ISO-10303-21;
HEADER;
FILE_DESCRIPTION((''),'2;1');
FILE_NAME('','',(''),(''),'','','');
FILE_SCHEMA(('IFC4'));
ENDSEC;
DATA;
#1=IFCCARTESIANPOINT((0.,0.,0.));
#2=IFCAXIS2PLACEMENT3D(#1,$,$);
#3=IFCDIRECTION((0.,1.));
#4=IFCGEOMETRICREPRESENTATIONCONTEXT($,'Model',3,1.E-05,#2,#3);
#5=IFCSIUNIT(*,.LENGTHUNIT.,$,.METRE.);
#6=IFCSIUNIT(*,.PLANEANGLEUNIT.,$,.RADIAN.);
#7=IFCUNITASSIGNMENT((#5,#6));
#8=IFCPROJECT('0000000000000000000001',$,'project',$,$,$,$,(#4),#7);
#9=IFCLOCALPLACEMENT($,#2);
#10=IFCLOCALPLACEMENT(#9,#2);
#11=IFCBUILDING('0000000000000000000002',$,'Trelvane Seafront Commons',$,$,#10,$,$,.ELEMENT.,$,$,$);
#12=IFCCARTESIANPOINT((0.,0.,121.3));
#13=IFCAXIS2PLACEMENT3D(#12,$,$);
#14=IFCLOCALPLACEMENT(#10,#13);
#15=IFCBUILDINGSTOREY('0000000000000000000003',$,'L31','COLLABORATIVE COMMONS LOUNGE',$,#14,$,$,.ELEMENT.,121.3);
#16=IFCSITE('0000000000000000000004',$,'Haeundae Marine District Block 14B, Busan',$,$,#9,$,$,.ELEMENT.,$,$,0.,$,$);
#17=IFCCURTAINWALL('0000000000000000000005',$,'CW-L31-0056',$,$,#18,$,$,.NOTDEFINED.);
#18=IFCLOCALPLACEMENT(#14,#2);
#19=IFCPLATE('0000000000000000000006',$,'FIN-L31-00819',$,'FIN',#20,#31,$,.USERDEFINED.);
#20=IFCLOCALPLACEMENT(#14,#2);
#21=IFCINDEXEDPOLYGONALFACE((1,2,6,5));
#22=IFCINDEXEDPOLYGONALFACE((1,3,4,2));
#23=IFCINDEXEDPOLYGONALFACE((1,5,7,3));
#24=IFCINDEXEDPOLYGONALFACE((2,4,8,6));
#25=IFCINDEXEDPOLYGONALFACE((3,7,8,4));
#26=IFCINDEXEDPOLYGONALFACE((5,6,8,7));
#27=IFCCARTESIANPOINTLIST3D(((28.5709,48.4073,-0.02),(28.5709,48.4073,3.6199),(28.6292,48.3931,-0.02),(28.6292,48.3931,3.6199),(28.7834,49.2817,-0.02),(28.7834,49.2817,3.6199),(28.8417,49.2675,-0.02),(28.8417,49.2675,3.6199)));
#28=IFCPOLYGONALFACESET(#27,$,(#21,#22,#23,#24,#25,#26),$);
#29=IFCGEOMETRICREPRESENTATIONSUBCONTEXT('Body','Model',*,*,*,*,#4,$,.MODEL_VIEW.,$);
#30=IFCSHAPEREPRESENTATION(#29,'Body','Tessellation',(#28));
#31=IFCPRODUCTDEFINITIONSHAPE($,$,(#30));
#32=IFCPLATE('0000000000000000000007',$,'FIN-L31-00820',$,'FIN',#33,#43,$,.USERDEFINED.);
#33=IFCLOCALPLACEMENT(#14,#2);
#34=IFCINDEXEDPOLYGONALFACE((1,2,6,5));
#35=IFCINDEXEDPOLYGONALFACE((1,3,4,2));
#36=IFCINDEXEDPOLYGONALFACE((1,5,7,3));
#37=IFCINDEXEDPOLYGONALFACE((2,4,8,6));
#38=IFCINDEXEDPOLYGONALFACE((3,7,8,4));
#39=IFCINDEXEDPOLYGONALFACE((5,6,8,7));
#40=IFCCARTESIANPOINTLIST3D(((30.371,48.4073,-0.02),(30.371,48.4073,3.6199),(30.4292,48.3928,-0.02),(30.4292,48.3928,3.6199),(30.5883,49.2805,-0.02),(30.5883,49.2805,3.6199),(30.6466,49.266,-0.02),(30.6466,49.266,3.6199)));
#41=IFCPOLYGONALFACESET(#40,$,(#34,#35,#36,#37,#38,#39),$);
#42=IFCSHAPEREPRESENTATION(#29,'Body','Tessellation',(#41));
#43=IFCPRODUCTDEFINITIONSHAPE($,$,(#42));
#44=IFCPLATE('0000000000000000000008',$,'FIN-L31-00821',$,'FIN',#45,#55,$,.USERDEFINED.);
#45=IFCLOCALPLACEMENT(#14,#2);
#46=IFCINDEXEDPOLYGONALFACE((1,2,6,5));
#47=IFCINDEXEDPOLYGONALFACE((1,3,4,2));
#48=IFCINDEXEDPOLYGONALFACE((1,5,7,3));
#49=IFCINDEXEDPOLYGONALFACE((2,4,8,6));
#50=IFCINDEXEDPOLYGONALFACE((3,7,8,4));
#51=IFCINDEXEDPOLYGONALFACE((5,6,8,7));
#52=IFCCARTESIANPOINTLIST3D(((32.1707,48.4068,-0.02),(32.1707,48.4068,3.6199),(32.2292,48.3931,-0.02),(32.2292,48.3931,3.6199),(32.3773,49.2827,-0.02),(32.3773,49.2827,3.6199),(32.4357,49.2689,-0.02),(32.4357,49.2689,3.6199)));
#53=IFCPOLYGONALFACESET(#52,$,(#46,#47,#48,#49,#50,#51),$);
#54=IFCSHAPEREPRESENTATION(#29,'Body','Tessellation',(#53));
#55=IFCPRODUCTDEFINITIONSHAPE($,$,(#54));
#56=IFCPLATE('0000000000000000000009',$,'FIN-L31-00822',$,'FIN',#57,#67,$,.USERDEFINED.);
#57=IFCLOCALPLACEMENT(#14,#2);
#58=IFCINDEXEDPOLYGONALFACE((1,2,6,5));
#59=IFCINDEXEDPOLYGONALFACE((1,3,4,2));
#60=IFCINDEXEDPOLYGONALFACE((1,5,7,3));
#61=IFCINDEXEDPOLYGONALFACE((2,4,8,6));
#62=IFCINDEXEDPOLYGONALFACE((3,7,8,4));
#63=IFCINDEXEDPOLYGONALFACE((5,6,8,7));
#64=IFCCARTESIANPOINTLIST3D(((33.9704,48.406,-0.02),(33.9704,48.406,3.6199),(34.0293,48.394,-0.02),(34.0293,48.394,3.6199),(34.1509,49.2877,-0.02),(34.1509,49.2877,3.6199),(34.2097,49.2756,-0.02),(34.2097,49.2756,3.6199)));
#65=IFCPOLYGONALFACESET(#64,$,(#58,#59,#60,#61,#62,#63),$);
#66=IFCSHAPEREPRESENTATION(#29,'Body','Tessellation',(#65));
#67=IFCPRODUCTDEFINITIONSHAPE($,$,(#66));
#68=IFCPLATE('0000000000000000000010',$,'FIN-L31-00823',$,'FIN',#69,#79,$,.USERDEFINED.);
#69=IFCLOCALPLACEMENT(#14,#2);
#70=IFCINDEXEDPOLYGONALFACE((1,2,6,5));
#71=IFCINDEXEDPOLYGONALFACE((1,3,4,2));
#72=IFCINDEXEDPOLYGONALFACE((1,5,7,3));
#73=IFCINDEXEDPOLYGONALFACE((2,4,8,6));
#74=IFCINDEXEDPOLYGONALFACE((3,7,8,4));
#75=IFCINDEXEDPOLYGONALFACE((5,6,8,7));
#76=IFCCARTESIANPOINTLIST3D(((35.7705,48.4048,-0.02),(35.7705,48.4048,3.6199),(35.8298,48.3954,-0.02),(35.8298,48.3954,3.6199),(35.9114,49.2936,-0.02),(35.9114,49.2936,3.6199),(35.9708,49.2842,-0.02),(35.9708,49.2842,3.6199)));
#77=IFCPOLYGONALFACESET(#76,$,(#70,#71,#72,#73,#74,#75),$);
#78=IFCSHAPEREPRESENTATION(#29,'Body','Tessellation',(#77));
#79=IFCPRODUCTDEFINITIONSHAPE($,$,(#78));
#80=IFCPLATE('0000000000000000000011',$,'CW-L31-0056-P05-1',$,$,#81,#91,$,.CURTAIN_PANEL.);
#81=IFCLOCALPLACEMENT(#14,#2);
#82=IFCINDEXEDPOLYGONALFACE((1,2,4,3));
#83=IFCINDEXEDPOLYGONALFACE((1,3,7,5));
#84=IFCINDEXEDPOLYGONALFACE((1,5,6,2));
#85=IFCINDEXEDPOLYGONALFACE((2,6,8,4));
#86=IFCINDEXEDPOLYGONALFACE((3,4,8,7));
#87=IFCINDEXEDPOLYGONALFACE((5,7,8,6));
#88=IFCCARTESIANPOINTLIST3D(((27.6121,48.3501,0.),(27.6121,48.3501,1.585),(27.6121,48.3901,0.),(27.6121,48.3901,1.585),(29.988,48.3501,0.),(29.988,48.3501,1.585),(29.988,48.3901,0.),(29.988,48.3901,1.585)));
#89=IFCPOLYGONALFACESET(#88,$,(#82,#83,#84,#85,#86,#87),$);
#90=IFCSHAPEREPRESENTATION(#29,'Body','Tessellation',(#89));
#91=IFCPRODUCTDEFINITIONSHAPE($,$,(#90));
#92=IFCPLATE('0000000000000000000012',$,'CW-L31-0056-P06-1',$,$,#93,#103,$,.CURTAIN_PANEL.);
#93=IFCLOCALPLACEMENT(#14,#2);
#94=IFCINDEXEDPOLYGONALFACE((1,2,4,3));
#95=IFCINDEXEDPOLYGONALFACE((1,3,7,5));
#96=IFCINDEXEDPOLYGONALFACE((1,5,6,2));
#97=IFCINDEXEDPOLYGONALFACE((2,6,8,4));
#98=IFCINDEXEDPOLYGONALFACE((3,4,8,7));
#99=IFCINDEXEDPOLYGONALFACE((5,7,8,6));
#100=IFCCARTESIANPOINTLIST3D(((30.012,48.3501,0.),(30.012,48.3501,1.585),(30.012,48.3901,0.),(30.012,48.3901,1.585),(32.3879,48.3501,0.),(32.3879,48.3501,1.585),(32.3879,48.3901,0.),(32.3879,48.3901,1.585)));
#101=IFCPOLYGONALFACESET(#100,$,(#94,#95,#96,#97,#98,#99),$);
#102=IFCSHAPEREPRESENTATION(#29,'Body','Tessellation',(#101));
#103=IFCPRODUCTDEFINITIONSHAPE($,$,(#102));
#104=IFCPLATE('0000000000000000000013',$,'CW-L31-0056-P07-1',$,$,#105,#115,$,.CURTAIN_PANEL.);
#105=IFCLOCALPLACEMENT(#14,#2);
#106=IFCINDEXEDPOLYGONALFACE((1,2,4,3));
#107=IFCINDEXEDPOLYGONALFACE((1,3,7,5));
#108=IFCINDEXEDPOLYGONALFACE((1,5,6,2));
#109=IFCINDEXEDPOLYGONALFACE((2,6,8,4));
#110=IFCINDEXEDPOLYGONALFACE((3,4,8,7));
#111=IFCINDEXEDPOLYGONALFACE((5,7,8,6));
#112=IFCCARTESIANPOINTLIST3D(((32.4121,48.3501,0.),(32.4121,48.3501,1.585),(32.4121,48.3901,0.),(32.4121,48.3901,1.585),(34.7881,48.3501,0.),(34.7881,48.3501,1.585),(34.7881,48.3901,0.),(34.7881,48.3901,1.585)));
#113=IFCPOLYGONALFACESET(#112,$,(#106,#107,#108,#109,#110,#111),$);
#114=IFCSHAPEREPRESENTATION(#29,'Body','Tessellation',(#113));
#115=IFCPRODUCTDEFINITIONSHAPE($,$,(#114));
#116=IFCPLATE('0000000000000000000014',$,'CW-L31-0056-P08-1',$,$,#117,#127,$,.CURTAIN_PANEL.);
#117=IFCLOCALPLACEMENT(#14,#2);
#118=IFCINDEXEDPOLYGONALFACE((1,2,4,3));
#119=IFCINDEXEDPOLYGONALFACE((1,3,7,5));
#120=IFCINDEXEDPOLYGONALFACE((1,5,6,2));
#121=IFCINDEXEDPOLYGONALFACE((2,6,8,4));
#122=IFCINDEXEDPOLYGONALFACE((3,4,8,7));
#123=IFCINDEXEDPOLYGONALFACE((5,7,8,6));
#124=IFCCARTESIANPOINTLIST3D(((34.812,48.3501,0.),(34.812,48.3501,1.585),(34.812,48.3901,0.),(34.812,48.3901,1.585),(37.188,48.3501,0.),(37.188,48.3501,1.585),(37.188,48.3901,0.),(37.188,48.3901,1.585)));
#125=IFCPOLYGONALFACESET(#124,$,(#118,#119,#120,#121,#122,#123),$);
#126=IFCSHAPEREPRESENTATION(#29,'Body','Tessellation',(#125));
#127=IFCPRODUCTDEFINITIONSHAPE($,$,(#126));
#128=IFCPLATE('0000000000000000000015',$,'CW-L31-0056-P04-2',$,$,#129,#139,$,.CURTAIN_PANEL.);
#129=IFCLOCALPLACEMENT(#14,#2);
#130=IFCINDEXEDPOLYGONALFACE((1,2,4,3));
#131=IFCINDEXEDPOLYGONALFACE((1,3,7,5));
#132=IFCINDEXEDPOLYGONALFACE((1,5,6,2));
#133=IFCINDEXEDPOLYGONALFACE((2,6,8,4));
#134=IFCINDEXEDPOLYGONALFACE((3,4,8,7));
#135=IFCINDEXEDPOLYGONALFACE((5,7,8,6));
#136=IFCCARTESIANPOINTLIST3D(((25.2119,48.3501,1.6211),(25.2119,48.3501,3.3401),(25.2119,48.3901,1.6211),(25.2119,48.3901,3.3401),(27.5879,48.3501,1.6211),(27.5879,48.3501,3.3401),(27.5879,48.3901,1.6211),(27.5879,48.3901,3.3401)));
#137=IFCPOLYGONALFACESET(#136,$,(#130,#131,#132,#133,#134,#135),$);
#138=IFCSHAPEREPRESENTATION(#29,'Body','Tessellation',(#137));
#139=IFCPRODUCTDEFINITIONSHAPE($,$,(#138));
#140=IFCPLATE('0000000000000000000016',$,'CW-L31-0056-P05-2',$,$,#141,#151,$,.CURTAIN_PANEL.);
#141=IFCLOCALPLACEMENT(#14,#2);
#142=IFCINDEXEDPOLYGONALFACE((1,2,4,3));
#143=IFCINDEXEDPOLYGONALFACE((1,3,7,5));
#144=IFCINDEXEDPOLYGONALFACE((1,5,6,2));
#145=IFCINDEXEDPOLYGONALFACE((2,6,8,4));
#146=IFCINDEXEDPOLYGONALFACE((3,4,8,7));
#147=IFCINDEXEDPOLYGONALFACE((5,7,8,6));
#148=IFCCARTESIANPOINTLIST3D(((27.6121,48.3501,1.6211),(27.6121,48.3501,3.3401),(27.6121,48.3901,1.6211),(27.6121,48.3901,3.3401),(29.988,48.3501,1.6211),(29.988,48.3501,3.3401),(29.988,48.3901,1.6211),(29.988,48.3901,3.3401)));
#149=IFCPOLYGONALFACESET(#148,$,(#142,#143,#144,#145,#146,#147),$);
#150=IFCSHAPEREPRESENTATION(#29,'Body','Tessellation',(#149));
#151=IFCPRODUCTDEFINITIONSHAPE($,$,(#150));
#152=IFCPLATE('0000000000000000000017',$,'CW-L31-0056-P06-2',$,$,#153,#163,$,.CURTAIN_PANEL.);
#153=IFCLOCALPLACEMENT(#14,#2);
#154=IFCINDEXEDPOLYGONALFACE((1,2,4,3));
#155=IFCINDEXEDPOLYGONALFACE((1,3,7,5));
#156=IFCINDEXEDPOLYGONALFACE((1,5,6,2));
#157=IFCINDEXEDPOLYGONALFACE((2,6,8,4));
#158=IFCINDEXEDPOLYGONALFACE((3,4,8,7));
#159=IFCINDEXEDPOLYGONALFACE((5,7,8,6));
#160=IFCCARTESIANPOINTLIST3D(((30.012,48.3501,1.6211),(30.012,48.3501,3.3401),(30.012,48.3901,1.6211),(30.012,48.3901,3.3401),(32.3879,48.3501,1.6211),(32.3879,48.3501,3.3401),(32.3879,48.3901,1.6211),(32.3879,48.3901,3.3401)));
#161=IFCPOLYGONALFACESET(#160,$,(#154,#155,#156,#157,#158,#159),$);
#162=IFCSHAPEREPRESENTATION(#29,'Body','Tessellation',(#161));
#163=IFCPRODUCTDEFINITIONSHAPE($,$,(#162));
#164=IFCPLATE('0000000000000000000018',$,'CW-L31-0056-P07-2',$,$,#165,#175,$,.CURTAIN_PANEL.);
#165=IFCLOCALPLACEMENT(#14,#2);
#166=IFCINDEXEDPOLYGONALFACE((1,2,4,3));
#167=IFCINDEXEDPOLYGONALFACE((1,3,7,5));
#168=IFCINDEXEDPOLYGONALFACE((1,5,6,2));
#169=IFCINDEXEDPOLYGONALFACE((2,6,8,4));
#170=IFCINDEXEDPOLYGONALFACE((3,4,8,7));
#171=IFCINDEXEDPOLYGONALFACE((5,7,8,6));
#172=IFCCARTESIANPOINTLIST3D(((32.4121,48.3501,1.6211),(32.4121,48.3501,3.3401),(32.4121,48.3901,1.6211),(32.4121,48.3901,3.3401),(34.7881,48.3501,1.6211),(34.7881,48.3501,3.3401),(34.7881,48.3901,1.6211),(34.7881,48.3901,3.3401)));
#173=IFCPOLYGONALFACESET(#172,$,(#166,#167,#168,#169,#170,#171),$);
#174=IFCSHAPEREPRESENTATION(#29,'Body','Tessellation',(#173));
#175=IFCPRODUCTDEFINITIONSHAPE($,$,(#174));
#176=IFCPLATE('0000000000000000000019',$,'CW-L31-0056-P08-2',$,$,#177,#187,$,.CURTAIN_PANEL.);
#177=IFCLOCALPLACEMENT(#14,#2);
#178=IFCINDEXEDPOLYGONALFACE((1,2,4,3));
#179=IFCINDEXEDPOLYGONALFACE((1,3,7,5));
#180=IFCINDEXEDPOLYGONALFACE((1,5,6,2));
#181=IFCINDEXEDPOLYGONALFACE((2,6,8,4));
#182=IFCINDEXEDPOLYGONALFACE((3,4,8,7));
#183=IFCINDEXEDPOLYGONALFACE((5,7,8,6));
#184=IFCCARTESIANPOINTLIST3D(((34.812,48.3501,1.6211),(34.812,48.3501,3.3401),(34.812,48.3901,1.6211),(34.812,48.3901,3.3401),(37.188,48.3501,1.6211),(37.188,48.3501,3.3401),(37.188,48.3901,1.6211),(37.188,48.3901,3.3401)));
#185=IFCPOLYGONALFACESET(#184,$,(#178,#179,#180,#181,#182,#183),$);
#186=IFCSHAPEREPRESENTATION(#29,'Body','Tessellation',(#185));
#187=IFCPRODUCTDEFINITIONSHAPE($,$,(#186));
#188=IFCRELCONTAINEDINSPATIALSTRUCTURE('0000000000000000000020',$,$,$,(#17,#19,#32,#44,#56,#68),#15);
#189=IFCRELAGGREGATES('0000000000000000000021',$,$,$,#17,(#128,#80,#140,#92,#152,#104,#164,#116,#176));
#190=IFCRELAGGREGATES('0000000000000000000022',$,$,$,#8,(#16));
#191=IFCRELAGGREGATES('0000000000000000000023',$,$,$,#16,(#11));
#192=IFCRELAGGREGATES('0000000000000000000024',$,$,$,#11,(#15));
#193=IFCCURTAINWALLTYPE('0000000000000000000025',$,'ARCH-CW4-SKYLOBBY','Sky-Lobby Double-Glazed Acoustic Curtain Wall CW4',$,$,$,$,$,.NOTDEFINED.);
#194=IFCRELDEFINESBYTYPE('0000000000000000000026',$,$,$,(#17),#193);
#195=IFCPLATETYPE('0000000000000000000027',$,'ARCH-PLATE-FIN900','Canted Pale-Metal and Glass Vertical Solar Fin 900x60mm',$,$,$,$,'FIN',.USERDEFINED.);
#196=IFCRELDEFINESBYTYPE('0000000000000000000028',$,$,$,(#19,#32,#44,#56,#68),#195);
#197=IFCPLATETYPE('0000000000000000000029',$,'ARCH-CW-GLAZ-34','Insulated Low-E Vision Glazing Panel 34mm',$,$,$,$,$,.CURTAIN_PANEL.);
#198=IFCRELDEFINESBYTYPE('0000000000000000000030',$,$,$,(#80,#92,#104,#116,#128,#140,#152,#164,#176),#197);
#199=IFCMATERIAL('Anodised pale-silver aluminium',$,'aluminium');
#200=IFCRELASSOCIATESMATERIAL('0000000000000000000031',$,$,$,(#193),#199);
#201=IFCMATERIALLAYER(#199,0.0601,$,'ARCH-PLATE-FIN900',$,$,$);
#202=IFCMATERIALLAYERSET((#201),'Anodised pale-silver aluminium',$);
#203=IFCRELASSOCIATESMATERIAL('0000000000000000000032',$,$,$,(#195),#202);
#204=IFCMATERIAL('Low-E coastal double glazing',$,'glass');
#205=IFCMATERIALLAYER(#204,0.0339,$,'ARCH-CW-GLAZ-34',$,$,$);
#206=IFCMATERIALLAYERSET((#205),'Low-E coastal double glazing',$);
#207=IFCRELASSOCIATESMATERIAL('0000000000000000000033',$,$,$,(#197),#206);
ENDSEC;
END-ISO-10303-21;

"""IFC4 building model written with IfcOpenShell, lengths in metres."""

from ifc_helpers import new_model, si_unit, direction, frame, origin, origin_2d, place, context, subcontext, project, spatial, rectangle, extrude, source, transform, mapped, material, layer, layer_set, type_object, element, aggregate, save


model = new_model("IFC4")

# Units and contexts
model_context = context("Model", 3, precision=1e-05, world=origin(), true_north=direction((0.0, 1.0)))
body_context = subcontext(model_context, "Body", "Model", "MODEL_VIEW")
ifc_project = project(units=[si_unit("LENGTHUNIT", "METRE"), si_unit("PLANEANGLEUNIT", "RADIAN")], contexts=[model_context])

# Site, building, storey
site_placement = place(None, origin())
site = spatial("IfcSite", under=ifc_project, at=site_placement, Name="Haeundae Marine District Block 14B, Busan", CompositionType="ELEMENT", RefElevation=0.0)
building_placement = place(site_placement, origin())
building = spatial("IfcBuilding", under=site, at=building_placement, Name="Trelvane Seafront Commons", CompositionType="ELEMENT")
storey_placement = place(building_placement, frame((0.0, 0.0, 121.3)))
storey = spatial("IfcBuildingStorey", under=building, at=storey_placement, Name="L31", Description="COLLABORATIVE COMMONS LOUNGE", CompositionType="ELEMENT", Elevation=121.3)

# Curtain wall
ifc_material_1 = material(Name="Anodised pale-silver aluminium", Category="aluminium")
curtain_wall_type = type_object("IfcCurtainWallType", Name="ARCH-CW4-SKYLOBBY", Description="Sky-Lobby Double-Glazed Acoustic Curtain Wall CW4", PredefinedType="NOTDEFINED", material=ifc_material_1)
curtain_wall_placement = place(storey_placement, origin())
curtain_wall = element("IfcCurtainWall", 1, at=curtain_wall_placement, inside=storey, type_object=curtain_wall_type, Name="CW-L31-0056", PredefinedType="NOTDEFINED")

# Plates
ifc_layer_1 = layer(ifc_material_1, 0.0601, Name="ARCH-PLATE-FIN900")
ifc_layer_set_1 = layer_set([ifc_layer_1], Name="Anodised pale-silver aluminium")
plate_type_1 = type_object("IfcPlateType", Name="ARCH-PLATE-FIN900", Description="Canted Pale-Metal and Glass Vertical Solar Fin 900x60mm", ElementType="FIN", PredefinedType="USERDEFINED", material=ifc_layer_set_1)
shared_shape_1 = source(origin(), body_context, "Body", "SweptSolid", [
    extrude(rectangle(XDim=0.8999, YDim=0.0601, at=origin_2d()), origin(), (0.0, 0.0, 1.0), 3.6399),
])
for number, where, z_axis, x_axis, name in (
    (2, (28.7063, 48.8374, -0.02), (0.0, 0.0, 1.0), (0.236099, 0.971729, 0.0), "FIN-L31-00819"),
    (3, (30.5088, 48.8367, -0.02), (0.0, 0.0, 1.0), (0.241568, 0.970384, 0.0), "FIN-L31-00820"),
    (4, (32.3032, 48.8379, -0.02), (0.0, 0.0, 1.0), (0.229547, 0.973298, 0.0), "FIN-L31-00821"),
    (5, (34.0901, 48.8408, -0.02), (0.0, 0.0, 1.0), (0.200558, 0.979682, 0.0), "FIN-L31-00822"),
    (6, (35.8706, 48.8445, -0.02), (0.0, 0.0, 1.0), (0.156664, 0.987652, 0.0), "FIN-L31-00823"),
):
    element("IfcPlate", number, at=place(storey_placement, frame(where, z_axis=z_axis, x_axis=x_axis)), inside=storey, type_object=plate_type_1, Name=name, ObjectType="FIN", PredefinedType="USERDEFINED", context=body_context, shape_type="MappedRepresentation", body=[
        mapped(shared_shape_1, transform((0.0, 0.0, 0.0), x_axis=(1.0, 0.0, 0.0), y_axis=(0.0, 1.0, 0.0), z_axis=(0.0, 0.0, 1.0), scale=1.0)),
    ])

# Plates
ifc_material_2 = material(Name="Low-E coastal double glazing", Category="glass")
ifc_layer_2 = layer(ifc_material_2, 0.0339, Name="ARCH-CW-GLAZ-34")
ifc_layer_set_2 = layer_set([ifc_layer_2], Name="Low-E coastal double glazing")
plate_type_2 = type_object("IfcPlateType", Name="ARCH-CW-GLAZ-34", Description="Insulated Low-E Vision Glazing Panel 34mm", PredefinedType="CURTAIN_PANEL", material=ifc_layer_set_2)
shared_shape_2 = source(origin(), body_context, "Body", "SweptSolid", [
    extrude(rectangle(XDim=2.376, YDim=0.04, at=origin_2d()), origin(), (0.0, 0.0, 1.0), 1.585),
])
plate_1_placement = place(storey_placement, frame((28.8, 48.3701, 0.0), z_axis=(0.0, 0.0, 1.0), x_axis=(1.0, 0.0, 0.0)))
plate_1 = element("IfcPlate", 7, at=plate_1_placement, type_object=plate_type_2, Name="CW-L31-0056-P05-1", PredefinedType="CURTAIN_PANEL", context=body_context, shape_type="MappedRepresentation", body=[
    mapped(shared_shape_2, transform((0.0, 0.0, 0.0), x_axis=(1.0, 0.0, 0.0), y_axis=(0.0, 1.0, 0.0), z_axis=(0.0, 0.0, 1.0), scale=1.0)),
])
plate_2_placement = place(storey_placement, frame((31.2, 48.3701, 0.0), z_axis=(0.0, 0.0, 1.0), x_axis=(1.0, 0.0, 0.0)))
plate_2 = element("IfcPlate", 8, at=plate_2_placement, type_object=plate_type_2, Name="CW-L31-0056-P06-1", PredefinedType="CURTAIN_PANEL", context=body_context, shape_type="MappedRepresentation", body=[
    mapped(shared_shape_2, transform((0.0, 0.0, 0.0), x_axis=(1.0, 0.0, 0.0), y_axis=(0.0, 1.0, 0.0), z_axis=(0.0, 0.0, 1.0), scale=1.0)),
])
plate_3_placement = place(storey_placement, frame((33.6001, 48.3701, 0.0), z_axis=(0.0, 0.0, 1.0), x_axis=(1.0, 0.0, 0.0)))
plate_3 = element("IfcPlate", 9, at=plate_3_placement, type_object=plate_type_2, Name="CW-L31-0056-P07-1", PredefinedType="CURTAIN_PANEL", context=body_context, shape_type="MappedRepresentation", body=[
    mapped(shared_shape_2, transform((0.0, 0.0, 0.0), x_axis=(1.0, 0.0, 0.0), y_axis=(0.0, 1.0, 0.0), z_axis=(0.0, 0.0, 1.0), scale=1.0)),
])
plate_4_placement = place(storey_placement, frame((36.0, 48.3701, 0.0), z_axis=(0.0, 0.0, 1.0), x_axis=(1.0, 0.0, 0.0)))
plate_4 = element("IfcPlate", 10, at=plate_4_placement, type_object=plate_type_2, Name="CW-L31-0056-P08-1", PredefinedType="CURTAIN_PANEL", context=body_context, shape_type="MappedRepresentation", body=[
    mapped(shared_shape_2, transform((0.0, 0.0, 0.0), x_axis=(1.0, 0.0, 0.0), y_axis=(0.0, 1.0, 0.0), z_axis=(0.0, 0.0, 1.0), scale=1.0)),
])
shared_shape_3 = source(origin(), body_context, "Body", "SweptSolid", [
    extrude(rectangle(XDim=2.376, YDim=0.04, at=origin_2d()), origin(), (0.0, 0.0, 1.0), 1.719),
])
plate_5_placement = place(storey_placement, frame((26.3999, 48.3701, 1.6211), z_axis=(0.0, 0.0, 1.0), x_axis=(1.0, 0.0, 0.0)))
plate_5 = element("IfcPlate", 11, at=plate_5_placement, type_object=plate_type_2, Name="CW-L31-0056-P04-2", PredefinedType="CURTAIN_PANEL", context=body_context, shape_type="MappedRepresentation", body=[
    mapped(shared_shape_3, transform((0.0, 0.0, 0.0), x_axis=(1.0, 0.0, 0.0), y_axis=(0.0, 1.0, 0.0), z_axis=(0.0, 0.0, 1.0), scale=1.0)),
])
plate_6_placement = place(storey_placement, frame((28.8, 48.3701, 1.6211), z_axis=(0.0, 0.0, 1.0), x_axis=(1.0, 0.0, 0.0)))
plate_6 = element("IfcPlate", 12, at=plate_6_placement, type_object=plate_type_2, Name="CW-L31-0056-P05-2", PredefinedType="CURTAIN_PANEL", context=body_context, shape_type="MappedRepresentation", body=[
    mapped(shared_shape_3, transform((0.0, 0.0, 0.0), x_axis=(1.0, 0.0, 0.0), y_axis=(0.0, 1.0, 0.0), z_axis=(0.0, 0.0, 1.0), scale=1.0)),
])
plate_7_placement = place(storey_placement, frame((31.2, 48.3701, 1.6211), z_axis=(0.0, 0.0, 1.0), x_axis=(1.0, 0.0, 0.0)))
plate_7 = element("IfcPlate", 13, at=plate_7_placement, type_object=plate_type_2, Name="CW-L31-0056-P06-2", PredefinedType="CURTAIN_PANEL", context=body_context, shape_type="MappedRepresentation", body=[
    mapped(shared_shape_3, transform((0.0, 0.0, 0.0), x_axis=(1.0, 0.0, 0.0), y_axis=(0.0, 1.0, 0.0), z_axis=(0.0, 0.0, 1.0), scale=1.0)),
])
plate_8_placement = place(storey_placement, frame((33.6001, 48.3701, 1.6211), z_axis=(0.0, 0.0, 1.0), x_axis=(1.0, 0.0, 0.0)))
plate_8 = element("IfcPlate", 14, at=plate_8_placement, type_object=plate_type_2, Name="CW-L31-0056-P07-2", PredefinedType="CURTAIN_PANEL", context=body_context, shape_type="MappedRepresentation", body=[
    mapped(shared_shape_3, transform((0.0, 0.0, 0.0), x_axis=(1.0, 0.0, 0.0), y_axis=(0.0, 1.0, 0.0), z_axis=(0.0, 0.0, 1.0), scale=1.0)),
])
plate_9_placement = place(storey_placement, frame((36.0, 48.3701, 1.6211), z_axis=(0.0, 0.0, 1.0), x_axis=(1.0, 0.0, 0.0)))
plate_9 = element("IfcPlate", 15, at=plate_9_placement, type_object=plate_type_2, Name="CW-L31-0056-P08-2", PredefinedType="CURTAIN_PANEL", context=body_context, shape_type="MappedRepresentation", body=[
    mapped(shared_shape_3, transform((0.0, 0.0, 0.0), x_axis=(1.0, 0.0, 0.0), y_axis=(0.0, 1.0, 0.0), z_axis=(0.0, 0.0, 1.0), scale=1.0)),
])
aggregate(curtain_wall, [plate_5, plate_1, plate_6, plate_2, plate_7, plate_3, plate_8, plate_4, plate_9])

save(model, "model.ifc")
